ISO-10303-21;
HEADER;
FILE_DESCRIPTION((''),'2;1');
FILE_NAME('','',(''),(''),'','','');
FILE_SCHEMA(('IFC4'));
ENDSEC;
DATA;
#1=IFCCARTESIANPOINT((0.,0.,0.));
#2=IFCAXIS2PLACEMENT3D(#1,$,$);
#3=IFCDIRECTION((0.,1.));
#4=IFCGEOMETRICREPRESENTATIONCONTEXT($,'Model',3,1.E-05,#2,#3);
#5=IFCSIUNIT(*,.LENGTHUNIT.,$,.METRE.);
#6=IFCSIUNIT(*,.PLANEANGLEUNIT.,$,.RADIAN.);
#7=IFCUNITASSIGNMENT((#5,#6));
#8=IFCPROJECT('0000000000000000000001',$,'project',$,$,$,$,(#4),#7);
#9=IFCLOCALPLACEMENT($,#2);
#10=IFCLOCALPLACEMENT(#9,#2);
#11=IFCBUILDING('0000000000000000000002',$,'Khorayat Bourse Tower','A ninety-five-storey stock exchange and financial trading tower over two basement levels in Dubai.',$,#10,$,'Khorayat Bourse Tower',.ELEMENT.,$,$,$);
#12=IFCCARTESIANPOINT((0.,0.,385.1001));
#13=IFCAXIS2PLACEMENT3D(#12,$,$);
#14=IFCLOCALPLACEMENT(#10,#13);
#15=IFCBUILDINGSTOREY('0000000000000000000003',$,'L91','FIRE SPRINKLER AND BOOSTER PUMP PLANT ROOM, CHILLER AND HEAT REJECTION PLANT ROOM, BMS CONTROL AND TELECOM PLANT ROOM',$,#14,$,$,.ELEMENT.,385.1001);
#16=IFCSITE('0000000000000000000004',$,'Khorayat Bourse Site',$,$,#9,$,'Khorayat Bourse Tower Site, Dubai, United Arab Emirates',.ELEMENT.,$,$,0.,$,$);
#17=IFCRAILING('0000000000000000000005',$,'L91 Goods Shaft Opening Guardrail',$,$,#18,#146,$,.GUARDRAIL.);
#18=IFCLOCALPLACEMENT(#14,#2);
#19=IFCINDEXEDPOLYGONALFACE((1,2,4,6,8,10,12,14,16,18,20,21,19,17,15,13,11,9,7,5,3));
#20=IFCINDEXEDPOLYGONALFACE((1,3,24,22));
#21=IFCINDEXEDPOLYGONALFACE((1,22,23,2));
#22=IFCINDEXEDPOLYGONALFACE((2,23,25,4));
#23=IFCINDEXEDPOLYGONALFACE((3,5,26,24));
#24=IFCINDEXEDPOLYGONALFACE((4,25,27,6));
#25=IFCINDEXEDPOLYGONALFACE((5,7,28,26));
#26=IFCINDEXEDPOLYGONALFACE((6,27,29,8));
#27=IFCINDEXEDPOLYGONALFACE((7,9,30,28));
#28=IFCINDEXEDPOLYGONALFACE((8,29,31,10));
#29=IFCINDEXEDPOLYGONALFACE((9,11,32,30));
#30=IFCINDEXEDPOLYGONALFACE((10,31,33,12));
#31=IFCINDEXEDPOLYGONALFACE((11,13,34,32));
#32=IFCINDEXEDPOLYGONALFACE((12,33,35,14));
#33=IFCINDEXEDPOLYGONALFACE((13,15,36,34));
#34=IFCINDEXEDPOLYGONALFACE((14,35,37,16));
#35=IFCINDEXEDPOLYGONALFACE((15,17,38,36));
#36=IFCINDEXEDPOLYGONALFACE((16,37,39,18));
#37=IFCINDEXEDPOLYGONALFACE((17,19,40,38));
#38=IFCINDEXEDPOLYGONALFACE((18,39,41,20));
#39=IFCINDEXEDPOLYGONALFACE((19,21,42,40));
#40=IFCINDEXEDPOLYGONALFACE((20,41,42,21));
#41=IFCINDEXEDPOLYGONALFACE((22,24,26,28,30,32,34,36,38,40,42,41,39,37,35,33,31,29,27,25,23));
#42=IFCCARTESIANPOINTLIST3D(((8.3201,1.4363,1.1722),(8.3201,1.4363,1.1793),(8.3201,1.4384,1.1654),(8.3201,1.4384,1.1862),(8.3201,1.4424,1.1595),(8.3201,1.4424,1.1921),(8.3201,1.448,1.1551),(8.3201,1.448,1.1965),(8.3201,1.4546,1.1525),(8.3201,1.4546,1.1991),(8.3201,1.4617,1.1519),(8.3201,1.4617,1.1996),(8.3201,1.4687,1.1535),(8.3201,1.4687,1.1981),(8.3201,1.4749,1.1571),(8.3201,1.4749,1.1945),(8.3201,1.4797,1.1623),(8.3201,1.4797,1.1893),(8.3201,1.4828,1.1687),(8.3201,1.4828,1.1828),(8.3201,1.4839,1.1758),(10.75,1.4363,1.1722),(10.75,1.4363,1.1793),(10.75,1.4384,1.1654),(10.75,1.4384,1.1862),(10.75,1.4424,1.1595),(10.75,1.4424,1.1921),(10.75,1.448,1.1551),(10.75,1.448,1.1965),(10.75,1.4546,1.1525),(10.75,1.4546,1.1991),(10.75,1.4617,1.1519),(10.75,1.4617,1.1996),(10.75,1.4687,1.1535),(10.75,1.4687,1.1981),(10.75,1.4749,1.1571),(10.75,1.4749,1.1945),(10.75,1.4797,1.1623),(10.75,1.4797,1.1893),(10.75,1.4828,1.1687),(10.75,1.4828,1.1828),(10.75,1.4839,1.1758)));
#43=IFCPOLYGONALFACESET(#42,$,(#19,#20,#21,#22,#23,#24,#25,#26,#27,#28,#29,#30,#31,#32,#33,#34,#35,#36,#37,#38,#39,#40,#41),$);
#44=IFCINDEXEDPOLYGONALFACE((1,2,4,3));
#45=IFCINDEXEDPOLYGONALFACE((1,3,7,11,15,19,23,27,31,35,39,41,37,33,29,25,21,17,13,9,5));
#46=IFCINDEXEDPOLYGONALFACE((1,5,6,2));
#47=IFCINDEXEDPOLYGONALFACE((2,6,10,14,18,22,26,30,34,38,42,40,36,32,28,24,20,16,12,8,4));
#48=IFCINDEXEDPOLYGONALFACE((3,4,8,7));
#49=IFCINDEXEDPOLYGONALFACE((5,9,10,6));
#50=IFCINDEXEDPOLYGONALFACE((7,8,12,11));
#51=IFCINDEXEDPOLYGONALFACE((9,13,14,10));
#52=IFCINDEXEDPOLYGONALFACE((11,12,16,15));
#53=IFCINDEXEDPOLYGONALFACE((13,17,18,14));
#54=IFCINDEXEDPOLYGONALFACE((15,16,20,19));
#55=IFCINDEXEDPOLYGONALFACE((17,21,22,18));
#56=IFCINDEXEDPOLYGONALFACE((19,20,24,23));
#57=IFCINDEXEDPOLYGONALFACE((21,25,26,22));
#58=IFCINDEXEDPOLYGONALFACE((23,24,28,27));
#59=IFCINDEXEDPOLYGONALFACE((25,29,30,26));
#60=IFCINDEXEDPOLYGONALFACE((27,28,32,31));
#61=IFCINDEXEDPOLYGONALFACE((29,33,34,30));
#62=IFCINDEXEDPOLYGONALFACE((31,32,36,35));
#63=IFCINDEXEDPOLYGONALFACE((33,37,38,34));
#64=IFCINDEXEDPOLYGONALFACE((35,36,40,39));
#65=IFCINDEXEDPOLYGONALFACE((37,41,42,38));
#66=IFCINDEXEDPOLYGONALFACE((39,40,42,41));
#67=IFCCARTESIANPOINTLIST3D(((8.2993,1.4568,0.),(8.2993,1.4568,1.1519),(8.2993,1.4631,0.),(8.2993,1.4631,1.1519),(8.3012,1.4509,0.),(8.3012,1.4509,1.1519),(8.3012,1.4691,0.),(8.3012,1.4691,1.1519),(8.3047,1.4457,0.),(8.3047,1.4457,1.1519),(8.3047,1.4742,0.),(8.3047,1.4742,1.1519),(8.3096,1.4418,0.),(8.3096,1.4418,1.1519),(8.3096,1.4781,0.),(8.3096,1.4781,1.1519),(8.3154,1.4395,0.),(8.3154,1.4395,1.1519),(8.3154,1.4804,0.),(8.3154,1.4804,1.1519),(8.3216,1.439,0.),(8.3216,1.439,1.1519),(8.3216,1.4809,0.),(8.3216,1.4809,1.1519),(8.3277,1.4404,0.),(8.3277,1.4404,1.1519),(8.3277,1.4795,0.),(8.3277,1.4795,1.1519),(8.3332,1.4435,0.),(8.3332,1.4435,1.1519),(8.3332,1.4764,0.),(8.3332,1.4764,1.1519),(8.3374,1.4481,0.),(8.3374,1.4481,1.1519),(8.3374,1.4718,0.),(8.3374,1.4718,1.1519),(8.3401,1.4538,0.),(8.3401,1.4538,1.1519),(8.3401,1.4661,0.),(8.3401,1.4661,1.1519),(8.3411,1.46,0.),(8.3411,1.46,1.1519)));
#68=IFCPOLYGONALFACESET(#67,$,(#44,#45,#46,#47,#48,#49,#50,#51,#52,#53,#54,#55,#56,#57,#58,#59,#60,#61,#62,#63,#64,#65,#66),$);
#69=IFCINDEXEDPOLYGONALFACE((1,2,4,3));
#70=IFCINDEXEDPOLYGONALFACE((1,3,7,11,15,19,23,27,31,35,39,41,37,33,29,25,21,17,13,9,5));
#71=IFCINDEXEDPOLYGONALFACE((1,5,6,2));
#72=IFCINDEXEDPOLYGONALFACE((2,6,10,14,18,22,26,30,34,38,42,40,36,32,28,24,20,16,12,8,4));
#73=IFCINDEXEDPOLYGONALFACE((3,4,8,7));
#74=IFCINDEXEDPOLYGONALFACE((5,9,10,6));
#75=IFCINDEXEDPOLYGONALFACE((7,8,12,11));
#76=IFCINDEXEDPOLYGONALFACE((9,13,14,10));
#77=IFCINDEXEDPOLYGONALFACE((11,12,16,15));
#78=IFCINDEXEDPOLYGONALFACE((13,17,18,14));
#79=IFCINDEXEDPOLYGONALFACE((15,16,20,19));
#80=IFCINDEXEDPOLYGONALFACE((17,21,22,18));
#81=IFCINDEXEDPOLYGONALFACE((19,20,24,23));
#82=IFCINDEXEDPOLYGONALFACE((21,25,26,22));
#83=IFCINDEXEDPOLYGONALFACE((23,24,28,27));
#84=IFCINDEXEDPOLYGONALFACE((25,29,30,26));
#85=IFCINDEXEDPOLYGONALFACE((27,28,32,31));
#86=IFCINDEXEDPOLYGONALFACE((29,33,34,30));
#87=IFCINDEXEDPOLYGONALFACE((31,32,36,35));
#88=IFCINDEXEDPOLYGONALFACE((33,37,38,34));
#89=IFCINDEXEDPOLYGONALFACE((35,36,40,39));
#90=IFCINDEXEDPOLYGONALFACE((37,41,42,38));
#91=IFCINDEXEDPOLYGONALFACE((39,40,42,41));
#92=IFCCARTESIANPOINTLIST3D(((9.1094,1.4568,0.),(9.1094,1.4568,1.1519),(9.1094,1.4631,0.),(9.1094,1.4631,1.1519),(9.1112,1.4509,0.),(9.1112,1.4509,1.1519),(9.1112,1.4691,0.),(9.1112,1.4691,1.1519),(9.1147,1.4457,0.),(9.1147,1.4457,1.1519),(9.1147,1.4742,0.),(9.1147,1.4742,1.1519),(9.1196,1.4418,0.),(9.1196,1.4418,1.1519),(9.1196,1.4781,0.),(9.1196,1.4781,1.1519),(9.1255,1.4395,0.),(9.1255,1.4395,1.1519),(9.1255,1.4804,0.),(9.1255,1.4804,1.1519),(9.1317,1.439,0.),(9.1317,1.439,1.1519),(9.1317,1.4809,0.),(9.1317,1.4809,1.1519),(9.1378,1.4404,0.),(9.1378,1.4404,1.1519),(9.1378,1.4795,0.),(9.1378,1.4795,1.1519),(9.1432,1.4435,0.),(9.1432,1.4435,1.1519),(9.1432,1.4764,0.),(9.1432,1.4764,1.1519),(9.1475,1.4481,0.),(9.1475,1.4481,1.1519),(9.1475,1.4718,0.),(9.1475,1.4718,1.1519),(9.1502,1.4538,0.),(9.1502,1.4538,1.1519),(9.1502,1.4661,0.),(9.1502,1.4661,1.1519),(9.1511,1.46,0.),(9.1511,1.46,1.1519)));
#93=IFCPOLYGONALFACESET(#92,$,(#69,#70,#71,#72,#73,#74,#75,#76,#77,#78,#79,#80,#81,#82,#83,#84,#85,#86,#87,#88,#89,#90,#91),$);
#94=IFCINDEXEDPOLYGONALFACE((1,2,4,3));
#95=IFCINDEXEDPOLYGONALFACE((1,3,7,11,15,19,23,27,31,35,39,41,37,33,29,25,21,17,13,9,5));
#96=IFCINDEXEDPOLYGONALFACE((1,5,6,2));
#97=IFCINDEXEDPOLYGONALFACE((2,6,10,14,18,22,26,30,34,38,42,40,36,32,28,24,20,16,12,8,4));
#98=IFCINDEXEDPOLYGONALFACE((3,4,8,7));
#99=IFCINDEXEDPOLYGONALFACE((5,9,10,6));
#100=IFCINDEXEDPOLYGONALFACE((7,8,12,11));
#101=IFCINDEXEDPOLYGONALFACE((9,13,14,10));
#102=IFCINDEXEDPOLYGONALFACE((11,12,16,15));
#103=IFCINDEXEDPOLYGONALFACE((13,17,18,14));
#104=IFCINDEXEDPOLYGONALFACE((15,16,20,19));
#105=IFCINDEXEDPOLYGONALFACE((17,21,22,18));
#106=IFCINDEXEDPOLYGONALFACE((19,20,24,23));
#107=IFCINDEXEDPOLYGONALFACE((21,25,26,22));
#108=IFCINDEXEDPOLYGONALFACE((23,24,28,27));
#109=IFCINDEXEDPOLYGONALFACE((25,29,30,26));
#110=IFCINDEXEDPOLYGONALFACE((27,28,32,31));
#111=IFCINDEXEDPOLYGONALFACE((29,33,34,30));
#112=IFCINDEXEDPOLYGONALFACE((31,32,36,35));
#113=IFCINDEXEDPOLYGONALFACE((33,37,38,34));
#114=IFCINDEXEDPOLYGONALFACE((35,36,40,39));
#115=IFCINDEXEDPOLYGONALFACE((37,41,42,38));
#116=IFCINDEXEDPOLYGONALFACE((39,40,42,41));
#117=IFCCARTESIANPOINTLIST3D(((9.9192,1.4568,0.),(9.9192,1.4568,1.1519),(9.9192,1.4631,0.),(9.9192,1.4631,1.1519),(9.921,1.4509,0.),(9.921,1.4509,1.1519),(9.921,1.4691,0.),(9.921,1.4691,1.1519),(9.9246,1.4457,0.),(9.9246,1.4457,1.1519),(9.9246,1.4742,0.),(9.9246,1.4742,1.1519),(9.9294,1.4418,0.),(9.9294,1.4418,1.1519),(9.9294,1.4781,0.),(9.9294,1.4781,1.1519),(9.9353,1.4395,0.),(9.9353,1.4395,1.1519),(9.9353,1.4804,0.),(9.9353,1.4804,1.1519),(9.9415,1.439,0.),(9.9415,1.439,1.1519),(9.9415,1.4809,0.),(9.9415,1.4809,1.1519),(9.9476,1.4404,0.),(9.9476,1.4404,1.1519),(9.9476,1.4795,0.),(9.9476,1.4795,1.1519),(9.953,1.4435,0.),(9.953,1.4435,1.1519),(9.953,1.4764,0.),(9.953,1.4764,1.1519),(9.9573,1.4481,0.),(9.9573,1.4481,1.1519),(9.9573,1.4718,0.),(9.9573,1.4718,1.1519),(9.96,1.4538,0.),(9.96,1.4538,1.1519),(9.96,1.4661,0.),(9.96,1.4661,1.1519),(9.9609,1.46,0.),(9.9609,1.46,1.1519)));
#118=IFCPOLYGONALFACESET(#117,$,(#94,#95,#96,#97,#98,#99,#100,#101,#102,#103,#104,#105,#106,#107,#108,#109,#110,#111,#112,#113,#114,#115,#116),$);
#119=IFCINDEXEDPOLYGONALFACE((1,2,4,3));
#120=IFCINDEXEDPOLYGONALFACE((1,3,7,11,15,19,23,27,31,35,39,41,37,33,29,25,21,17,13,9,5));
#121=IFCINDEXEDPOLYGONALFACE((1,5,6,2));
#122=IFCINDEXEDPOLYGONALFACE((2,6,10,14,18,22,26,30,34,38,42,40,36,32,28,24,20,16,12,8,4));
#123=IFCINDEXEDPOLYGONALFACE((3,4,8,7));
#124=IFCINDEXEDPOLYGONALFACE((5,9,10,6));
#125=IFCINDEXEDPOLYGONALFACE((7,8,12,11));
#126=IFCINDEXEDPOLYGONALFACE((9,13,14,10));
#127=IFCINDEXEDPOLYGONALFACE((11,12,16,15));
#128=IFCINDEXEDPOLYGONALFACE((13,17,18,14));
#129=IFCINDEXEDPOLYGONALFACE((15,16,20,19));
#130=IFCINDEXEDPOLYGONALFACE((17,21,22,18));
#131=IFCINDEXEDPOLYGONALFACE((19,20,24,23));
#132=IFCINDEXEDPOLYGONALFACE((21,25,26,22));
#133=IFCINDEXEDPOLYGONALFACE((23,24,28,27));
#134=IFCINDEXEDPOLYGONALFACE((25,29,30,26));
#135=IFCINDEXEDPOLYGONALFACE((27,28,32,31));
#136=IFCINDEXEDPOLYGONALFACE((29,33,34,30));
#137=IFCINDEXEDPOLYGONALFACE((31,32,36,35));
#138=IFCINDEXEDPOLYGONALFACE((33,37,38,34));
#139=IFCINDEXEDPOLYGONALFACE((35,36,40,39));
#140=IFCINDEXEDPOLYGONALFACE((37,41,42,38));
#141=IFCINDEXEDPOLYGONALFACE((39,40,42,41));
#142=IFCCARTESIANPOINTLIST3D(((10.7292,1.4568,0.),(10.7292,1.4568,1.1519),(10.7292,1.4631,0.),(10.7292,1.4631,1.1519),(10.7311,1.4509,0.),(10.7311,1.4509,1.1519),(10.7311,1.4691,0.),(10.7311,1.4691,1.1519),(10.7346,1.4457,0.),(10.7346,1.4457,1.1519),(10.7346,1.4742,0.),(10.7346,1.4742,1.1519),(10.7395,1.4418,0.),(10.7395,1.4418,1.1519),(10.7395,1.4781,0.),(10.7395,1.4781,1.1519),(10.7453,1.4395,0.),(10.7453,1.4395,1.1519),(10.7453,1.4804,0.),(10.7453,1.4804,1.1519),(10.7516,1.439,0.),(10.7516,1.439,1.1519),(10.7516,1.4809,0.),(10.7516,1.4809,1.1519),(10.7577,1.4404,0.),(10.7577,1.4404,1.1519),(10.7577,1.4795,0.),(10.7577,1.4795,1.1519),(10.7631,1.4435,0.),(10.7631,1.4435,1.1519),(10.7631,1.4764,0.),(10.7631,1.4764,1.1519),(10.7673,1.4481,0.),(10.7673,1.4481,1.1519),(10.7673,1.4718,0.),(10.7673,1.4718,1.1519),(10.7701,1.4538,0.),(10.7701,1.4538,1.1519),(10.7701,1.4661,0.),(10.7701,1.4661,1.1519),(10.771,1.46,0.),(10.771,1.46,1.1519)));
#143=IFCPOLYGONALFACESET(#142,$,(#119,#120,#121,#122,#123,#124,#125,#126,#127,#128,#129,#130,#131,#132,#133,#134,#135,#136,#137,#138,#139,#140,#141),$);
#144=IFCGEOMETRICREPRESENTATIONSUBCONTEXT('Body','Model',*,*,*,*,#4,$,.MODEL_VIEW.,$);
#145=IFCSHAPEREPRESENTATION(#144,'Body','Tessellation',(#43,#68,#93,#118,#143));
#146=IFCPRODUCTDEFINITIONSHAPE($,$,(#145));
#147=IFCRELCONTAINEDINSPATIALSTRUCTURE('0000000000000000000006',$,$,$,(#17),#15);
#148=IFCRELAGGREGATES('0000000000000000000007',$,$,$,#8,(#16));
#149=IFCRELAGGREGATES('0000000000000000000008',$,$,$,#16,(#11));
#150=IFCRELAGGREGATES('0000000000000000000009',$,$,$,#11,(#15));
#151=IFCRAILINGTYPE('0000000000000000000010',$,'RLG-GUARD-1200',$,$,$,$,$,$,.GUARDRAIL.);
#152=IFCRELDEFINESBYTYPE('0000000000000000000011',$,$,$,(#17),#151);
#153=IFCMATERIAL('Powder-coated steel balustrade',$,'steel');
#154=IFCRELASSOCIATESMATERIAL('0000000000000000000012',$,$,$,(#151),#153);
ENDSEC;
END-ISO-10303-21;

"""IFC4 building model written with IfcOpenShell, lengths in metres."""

from ifc_helpers import new_model, si_unit, direction, frame, origin, origin_2d, place, context, subcontext, project, spatial, circle, extrude, source, transform, mapped, material, type_object, element, save


model = new_model("IFC4")

# Units and contexts
model_context = context("Model", 3, precision=1e-05, world=origin(), true_north=direction((0.0, 1.0)))
body_context = subcontext(model_context, "Body", "Model", "MODEL_VIEW")
ifc_project = project(units=[si_unit("LENGTHUNIT", "METRE"), si_unit("PLANEANGLEUNIT", "RADIAN")], contexts=[model_context])

# Site, building, storey
site_placement = place(None, origin())
site = spatial("IfcSite", under=ifc_project, at=site_placement, Name="Khorayat Bourse Site", LongName="Khorayat Bourse Tower Site, Dubai, United Arab Emirates", CompositionType="ELEMENT", RefElevation=0.0)
building_placement = place(site_placement, origin())
building = spatial("IfcBuilding", under=site, at=building_placement, Name="Khorayat Bourse Tower", Description="A ninety-five-storey stock exchange and financial trading tower over two basement levels in Dubai.", LongName="Khorayat Bourse Tower", CompositionType="ELEMENT")
storey_placement = place(building_placement, frame((0.0, 0.0, 385.1001)))
storey = spatial("IfcBuildingStorey", under=building, at=storey_placement, Name="L91", Description="FIRE SPRINKLER AND BOOSTER PUMP PLANT ROOM, CHILLER AND HEAT REJECTION PLANT ROOM, BMS CONTROL AND TELECOM PLANT ROOM", CompositionType="ELEMENT", Elevation=385.1001)

# Railing
ifc_material_1 = material(Name="Powder-coated steel balustrade", Category="steel")
railing_type = type_object("IfcRailingType", Name="RLG-GUARD-1200", PredefinedType="GUARDRAIL", material=ifc_material_1)
shared_shape_1 = source(origin(), body_context, "Body", "SweptSolid", [
    extrude(circle(Radius=0.0239, at=origin_2d()), frame((0.0, 0.0, 1.1758), z_axis=(1.0, 0.0, 0.0), x_axis=(0.0, 1.0, 0.0)), (0.0, 0.0, 1.0), 2.4299),
    extrude(circle(Radius=0.021, at=origin_2d()), origin(), (0.0, 0.0, 1.0), 1.1519),
    extrude(circle(Radius=0.021, at=origin_2d()), frame((0.8101, 0.0, 0.0)), (0.0, 0.0, 1.0), 1.1519),
    extrude(circle(Radius=0.021, at=origin_2d()), frame((1.6199, 0.0, 0.0)), (0.0, 0.0, 1.0), 1.1519),
    extrude(circle(Radius=0.021, at=origin_2d()), frame((2.4299, 0.0, 0.0)), (0.0, 0.0, 1.0), 1.1519),
])
railing_placement = place(storey_placement, frame((8.3201, 1.46, 0.0)))
element("IfcRailing", 1, at=railing_placement, inside=storey, type_object=railing_type, Name="L91 Goods Shaft Opening Guardrail", PredefinedType="GUARDRAIL", context=body_context, shape_type="MappedRepresentation", body=[
    mapped(shared_shape_1, transform((0.0, 0.0, 0.0), scale=1.0)),
])

save(model, "model.ifc")
